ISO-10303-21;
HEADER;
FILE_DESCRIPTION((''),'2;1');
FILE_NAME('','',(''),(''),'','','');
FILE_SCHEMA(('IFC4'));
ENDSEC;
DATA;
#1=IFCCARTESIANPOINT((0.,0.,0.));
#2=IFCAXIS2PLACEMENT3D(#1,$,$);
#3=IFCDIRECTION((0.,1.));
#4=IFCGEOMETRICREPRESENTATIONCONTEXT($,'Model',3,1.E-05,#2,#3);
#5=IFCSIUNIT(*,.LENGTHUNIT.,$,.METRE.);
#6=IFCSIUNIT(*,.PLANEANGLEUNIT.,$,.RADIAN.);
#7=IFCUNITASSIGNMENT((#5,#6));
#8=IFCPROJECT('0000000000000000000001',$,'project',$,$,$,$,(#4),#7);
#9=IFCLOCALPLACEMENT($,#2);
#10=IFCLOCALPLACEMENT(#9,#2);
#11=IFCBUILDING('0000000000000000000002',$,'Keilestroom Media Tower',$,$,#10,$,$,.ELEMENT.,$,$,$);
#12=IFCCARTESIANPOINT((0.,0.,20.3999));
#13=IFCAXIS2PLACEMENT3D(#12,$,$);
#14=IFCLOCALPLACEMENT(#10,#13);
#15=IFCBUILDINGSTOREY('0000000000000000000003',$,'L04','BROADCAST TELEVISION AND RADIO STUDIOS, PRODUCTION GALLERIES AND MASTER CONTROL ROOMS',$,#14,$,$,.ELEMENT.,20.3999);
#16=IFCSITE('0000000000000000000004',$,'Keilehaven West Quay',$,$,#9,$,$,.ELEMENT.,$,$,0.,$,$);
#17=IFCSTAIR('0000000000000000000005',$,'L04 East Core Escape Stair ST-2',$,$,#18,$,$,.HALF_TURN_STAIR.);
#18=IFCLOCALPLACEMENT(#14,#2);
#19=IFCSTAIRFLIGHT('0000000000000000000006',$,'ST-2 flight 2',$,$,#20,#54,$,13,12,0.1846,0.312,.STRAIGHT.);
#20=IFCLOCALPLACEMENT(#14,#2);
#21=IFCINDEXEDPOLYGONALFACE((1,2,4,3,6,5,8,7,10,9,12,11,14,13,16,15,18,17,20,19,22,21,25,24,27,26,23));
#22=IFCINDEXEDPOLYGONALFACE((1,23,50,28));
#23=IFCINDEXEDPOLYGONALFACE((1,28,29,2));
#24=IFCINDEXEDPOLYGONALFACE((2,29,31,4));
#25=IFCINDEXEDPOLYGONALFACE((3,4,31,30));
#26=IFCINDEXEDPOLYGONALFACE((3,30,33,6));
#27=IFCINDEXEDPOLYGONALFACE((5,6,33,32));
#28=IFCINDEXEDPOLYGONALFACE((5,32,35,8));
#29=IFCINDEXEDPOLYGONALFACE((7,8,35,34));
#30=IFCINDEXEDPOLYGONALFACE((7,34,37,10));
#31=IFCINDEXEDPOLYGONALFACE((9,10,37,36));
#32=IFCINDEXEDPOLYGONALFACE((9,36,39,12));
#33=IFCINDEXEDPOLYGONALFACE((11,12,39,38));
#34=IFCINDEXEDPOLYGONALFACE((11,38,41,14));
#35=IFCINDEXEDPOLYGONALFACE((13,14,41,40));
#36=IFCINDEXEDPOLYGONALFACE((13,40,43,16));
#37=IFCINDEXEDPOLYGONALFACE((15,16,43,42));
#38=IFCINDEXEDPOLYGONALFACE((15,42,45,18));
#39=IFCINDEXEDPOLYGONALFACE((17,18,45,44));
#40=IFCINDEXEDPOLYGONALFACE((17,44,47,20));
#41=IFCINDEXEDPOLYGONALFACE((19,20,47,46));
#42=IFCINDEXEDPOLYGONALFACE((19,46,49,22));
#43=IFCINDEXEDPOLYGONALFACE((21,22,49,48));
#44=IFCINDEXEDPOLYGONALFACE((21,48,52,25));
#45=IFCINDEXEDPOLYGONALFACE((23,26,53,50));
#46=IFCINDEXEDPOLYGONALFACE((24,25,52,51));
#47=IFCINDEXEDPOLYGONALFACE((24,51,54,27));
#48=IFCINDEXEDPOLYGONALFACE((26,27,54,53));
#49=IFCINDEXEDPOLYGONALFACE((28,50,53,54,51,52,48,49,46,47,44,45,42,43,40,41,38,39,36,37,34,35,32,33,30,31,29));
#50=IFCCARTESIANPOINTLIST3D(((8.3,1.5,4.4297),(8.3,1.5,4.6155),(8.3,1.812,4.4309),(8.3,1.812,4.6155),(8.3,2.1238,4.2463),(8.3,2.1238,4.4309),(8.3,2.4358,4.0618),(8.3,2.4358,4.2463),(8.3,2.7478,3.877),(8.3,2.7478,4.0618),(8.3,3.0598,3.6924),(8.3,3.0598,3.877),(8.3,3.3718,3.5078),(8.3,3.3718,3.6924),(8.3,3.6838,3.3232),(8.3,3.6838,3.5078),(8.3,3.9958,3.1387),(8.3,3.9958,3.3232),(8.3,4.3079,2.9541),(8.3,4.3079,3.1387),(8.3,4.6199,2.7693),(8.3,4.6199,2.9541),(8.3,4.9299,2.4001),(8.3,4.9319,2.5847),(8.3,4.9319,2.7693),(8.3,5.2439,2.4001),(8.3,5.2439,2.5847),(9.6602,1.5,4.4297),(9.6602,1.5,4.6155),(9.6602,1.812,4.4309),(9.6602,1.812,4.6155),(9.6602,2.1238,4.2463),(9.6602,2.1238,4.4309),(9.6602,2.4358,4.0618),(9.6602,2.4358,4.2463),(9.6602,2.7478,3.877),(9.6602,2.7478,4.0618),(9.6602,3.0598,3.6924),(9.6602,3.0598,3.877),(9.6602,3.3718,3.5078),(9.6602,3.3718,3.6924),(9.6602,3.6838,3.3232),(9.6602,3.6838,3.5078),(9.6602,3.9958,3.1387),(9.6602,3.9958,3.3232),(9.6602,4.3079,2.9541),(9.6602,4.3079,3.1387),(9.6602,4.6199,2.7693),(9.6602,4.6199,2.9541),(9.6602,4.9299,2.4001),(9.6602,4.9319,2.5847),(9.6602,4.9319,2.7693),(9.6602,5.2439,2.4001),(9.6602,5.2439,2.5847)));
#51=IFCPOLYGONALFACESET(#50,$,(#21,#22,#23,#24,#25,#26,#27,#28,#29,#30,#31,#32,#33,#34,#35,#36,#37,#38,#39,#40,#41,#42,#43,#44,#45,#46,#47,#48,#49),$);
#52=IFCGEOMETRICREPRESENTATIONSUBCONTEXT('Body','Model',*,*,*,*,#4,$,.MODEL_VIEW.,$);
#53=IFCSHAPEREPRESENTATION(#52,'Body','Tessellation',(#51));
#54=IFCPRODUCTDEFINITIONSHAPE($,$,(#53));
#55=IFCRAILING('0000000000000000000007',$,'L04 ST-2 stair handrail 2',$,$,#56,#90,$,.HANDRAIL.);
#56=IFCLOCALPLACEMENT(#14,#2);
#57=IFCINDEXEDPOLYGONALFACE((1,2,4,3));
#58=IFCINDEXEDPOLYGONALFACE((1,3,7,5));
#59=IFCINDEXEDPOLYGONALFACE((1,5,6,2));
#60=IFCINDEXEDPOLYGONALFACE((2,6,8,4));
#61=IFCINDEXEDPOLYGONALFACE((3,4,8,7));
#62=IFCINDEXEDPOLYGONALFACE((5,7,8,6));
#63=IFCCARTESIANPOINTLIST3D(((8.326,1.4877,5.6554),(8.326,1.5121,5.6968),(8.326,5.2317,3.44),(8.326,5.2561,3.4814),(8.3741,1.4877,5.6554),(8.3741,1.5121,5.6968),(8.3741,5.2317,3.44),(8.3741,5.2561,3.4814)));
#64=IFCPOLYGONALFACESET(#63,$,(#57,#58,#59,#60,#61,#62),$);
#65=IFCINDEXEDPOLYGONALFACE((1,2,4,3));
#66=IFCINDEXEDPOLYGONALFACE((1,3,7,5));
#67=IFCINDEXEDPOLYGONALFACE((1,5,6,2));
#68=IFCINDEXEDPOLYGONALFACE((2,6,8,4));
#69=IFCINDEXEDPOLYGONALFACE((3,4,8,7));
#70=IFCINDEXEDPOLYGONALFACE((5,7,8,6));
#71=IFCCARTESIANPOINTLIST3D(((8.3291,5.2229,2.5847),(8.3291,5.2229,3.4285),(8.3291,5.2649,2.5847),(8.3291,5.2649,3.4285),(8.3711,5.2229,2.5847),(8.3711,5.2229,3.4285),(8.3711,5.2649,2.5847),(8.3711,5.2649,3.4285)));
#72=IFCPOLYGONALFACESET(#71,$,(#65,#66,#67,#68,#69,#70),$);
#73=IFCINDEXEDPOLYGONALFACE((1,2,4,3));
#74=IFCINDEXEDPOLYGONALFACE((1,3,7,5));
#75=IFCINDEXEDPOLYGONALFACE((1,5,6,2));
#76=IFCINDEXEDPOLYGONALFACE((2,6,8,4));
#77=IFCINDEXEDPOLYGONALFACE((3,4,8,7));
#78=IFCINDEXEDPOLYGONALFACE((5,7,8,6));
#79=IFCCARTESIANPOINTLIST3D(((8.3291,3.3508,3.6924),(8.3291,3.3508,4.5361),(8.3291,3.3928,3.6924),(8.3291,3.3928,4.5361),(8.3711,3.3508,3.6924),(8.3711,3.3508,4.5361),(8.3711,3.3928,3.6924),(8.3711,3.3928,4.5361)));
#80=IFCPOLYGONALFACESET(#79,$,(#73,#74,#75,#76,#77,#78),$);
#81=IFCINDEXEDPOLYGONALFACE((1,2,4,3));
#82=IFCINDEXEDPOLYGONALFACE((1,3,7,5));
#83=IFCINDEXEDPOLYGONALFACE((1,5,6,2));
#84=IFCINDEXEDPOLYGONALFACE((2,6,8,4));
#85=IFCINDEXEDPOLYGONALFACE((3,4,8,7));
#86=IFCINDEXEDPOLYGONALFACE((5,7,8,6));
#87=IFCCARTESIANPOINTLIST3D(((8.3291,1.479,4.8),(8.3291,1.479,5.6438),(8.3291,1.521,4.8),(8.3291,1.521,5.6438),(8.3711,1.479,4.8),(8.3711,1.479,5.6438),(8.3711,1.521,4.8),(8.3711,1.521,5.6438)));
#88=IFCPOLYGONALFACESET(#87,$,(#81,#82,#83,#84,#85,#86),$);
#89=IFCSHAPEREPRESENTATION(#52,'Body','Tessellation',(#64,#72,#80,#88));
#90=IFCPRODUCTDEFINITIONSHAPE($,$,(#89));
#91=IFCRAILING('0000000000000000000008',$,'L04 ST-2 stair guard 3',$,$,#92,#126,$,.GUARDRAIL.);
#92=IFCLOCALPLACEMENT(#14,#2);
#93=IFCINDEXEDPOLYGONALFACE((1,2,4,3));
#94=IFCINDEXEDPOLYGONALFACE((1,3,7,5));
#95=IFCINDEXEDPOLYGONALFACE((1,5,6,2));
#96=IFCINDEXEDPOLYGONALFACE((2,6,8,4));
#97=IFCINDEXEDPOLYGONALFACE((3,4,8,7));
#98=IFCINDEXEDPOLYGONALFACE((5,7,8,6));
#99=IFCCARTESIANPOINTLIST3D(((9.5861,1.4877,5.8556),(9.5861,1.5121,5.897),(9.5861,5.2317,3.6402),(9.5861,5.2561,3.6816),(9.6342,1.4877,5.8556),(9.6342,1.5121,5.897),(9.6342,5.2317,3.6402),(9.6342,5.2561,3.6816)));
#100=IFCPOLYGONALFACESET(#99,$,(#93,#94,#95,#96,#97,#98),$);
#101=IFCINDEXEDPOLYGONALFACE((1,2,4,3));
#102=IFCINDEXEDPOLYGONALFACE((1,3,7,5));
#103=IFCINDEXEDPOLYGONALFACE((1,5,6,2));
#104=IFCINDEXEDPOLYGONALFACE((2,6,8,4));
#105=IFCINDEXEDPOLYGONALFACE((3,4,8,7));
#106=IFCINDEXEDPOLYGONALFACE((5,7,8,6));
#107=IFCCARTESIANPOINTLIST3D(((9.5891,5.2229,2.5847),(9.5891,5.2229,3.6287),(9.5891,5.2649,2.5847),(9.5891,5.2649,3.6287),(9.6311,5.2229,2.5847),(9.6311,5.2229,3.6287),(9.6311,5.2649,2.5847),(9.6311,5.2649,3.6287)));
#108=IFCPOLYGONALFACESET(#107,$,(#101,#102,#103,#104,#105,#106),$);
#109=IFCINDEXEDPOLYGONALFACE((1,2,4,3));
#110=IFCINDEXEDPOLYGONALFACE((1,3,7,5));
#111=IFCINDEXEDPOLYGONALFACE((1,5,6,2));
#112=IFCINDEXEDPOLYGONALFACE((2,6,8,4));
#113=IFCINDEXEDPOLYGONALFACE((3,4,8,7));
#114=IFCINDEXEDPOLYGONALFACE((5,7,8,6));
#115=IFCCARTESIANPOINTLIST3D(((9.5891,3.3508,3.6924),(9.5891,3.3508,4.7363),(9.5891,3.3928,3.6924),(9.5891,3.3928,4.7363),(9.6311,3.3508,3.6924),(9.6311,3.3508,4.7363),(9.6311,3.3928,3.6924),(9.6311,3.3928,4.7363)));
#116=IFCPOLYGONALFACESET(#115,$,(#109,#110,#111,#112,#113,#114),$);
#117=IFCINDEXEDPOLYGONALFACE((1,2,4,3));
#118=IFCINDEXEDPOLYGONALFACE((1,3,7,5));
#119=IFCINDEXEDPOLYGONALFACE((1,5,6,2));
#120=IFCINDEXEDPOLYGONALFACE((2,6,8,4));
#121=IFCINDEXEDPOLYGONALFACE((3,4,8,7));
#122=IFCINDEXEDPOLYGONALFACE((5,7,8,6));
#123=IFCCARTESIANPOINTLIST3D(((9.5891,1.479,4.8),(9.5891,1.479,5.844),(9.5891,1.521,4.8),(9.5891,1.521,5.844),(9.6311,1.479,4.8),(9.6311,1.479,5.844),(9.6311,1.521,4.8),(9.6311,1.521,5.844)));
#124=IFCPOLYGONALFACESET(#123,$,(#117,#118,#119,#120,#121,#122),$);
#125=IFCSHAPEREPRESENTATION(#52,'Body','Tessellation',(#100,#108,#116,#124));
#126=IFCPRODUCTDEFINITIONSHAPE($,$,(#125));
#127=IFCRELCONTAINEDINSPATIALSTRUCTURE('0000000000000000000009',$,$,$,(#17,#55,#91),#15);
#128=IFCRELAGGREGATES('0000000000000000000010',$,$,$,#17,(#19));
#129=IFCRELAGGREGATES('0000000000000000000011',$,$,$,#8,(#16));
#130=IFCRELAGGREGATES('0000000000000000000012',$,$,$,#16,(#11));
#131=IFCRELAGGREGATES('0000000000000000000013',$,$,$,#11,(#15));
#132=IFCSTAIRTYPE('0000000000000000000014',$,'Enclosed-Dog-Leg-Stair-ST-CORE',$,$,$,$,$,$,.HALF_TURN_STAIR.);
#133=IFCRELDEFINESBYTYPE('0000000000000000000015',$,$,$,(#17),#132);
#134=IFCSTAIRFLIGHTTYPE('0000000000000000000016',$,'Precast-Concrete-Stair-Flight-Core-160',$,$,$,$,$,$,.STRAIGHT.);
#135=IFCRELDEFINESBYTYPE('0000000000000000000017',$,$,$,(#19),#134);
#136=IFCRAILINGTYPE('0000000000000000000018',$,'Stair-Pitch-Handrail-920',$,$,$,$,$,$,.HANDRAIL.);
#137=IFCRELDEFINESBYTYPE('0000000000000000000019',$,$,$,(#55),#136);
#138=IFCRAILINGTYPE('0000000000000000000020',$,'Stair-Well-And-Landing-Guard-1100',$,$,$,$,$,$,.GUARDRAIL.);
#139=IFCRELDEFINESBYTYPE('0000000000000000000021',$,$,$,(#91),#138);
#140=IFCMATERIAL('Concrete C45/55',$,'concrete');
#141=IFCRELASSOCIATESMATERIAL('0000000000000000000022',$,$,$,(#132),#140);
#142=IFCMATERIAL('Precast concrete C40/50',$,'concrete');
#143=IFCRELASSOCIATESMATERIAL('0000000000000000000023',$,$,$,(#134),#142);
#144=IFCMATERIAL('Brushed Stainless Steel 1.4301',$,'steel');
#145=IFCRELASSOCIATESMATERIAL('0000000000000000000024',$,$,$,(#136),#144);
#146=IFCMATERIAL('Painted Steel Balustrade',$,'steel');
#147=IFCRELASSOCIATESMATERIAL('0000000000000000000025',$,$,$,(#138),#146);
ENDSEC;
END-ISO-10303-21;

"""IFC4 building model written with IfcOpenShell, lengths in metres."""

from ifc_helpers import new_model, si_unit, direction, frame, origin, origin_2d, place, context, subcontext, project, spatial, polyline, rectangle, outline, extrude, material, type_object, element, aggregate, save


model = new_model("IFC4")

# Units and contexts
model_context = context("Model", 3, precision=1e-05, world=origin(), true_north=direction((0.0, 1.0)))
body_context = subcontext(model_context, "Body", "Model", "MODEL_VIEW")
ifc_project = project(units=[si_unit("LENGTHUNIT", "METRE"), si_unit("PLANEANGLEUNIT", "RADIAN")], contexts=[model_context])

# Site, building, storey
site_placement = place(None, origin())
site = spatial("IfcSite", under=ifc_project, at=site_placement, Name="Keilehaven West Quay", CompositionType="ELEMENT", RefElevation=0.0)
building_placement = place(site_placement, origin())
building = spatial("IfcBuilding", under=site, at=building_placement, Name="Keilestroom Media Tower", CompositionType="ELEMENT")
storey_placement = place(building_placement, frame((0.0, 0.0, 20.3999)))
storey = spatial("IfcBuildingStorey", under=building, at=storey_placement, Name="L04", Description="BROADCAST TELEVISION AND RADIO STUDIOS, PRODUCTION GALLERIES AND MASTER CONTROL ROOMS", CompositionType="ELEMENT", Elevation=20.3999)

# Stair
ifc_material_1 = material(Name="Concrete C45/55", Category="concrete")
stair_type = type_object("IfcStairType", Name="Enclosed-Dog-Leg-Stair-ST-CORE", PredefinedType="HALF_TURN_STAIR", material=ifc_material_1)
stair_1_placement = place(storey_placement, origin())
stair_1 = element("IfcStair", 1, at=stair_1_placement, inside=storey, type_object=stair_type, Name="L04 East Core Escape Stair ST-2", PredefinedType="HALF_TURN_STAIR")

# Stair flight
ifc_material_2 = material(Name="Precast concrete C40/50", Category="concrete")
stair_flight_type = type_object("IfcStairFlightType", Name="Precast-Concrete-Stair-Flight-Core-160", PredefinedType="STRAIGHT", material=ifc_material_2)
stair_flight_placement = place(storey_placement, frame((8.98, 5.2439, 2.4001), z_axis=(0.0, 0.0, 1.0), x_axis=(0.0, -1.0, 0.0)))
stair_flight = element("IfcStairFlight", 2, at=stair_flight_placement, type_object=stair_flight_type, Name="ST-2 flight 2", NumberOfRisers=13, NumberOfTreads=12, PredefinedType="STRAIGHT", RiserHeight=0.1846, TreadLength=0.312, context=body_context, shape_type="SweptSolid", body=[
    extrude(outline(polyline([(0.0, 0.0), (0.0, 0.1846), (0.312, 0.1846), (0.312, 0.3691), (0.624, 0.3691), (0.624, 0.554), (0.936, 0.554), (0.936, 0.7385), (1.248, 0.7385), (1.248, 0.9231), (1.5601, 0.9231), (1.5601, 1.1077), (1.8721, 1.1077), (1.8721, 1.2922), (2.1841, 1.2922), (2.1841, 1.4768), (2.4961, 1.4768), (2.4961, 1.6616), (2.8081, 1.6616), (2.8081, 1.8462), (3.1201, 1.8462), (3.1201, 2.0308), (3.4319, 2.0308), (3.4319, 2.2153), (3.7439, 2.2153), (3.7439, 2.3999), (3.7439, 2.0295), (0.314, 0.0), (0.0, 0.0)])), frame((0.0, 0.6802, 0.0), z_axis=(0.0, -1.0, 0.0), x_axis=(1.0, 0.0, 0.0)), (0.0, 0.0, 1.0), 1.3601),
])
aggregate(stair_1, [stair_flight])

# Railings
ifc_material_3 = material(Name="Brushed Stainless Steel 1.4301", Category="steel")
railing_type_1 = type_object("IfcRailingType", Name="Stair-Pitch-Handrail-920", PredefinedType="HANDRAIL", material=ifc_material_3)
railing_1_placement = place(storey_placement, frame((8.3501, 5.2439, 2.5847)))
element("IfcRailing", 3, at=railing_1_placement, inside=storey, type_object=railing_type_1, Name="L04 ST-2 stair handrail 2", PredefinedType="HANDRAIL", context=body_context, shape_type="SweptSolid", body=[
    extrude(rectangle(XDim=0.0481, YDim=0.0481, at=origin_2d()), frame((0.0, 0.0, 0.876), z_axis=(0.0, -0.860621, 0.509245), x_axis=(1.0, 0.0, 0.0)), (0.0, 0.0, 1.0), 4.3503),
    extrude(rectangle(XDim=0.042, YDim=0.042, at=origin_2d()), origin(), (0.0, 0.0, 1.0), 0.8438),
    extrude(rectangle(XDim=0.042, YDim=0.042, at=origin_2d()), frame((0.0, -1.8721, 1.1077)), (0.0, 0.0, 1.0), 0.8438),
    extrude(rectangle(XDim=0.042, YDim=0.042, at=origin_2d()), frame((0.0, -3.7439, 2.2153)), (0.0, 0.0, 1.0), 0.8438),
])
ifc_material_4 = material(Name="Painted Steel Balustrade", Category="steel")
railing_type_2 = type_object("IfcRailingType", Name="Stair-Well-And-Landing-Guard-1100", PredefinedType="GUARDRAIL", material=ifc_material_4)
railing_2_placement = place(storey_placement, frame((9.6101, 5.2439, 2.5847)))
element("IfcRailing", 4, at=railing_2_placement, inside=storey, type_object=railing_type_2, Name="L04 ST-2 stair guard 3", PredefinedType="GUARDRAIL", context=body_context, shape_type="SweptSolid", body=[
    extrude(rectangle(XDim=0.0481, YDim=0.0481, at=origin_2d()), frame((0.0, 0.0, 1.0762), z_axis=(0.0, -0.860621, 0.509245), x_axis=(1.0, 0.0, 0.0)), (0.0, 0.0, 1.0), 4.3503),
    extrude(rectangle(XDim=0.042, YDim=0.042, at=origin_2d()), origin(), (0.0, 0.0, 1.0), 1.0439),
    extrude(rectangle(XDim=0.042, YDim=0.042, at=origin_2d()), frame((0.0, -1.8721, 1.1077)), (0.0, 0.0, 1.0), 1.0439),
    extrude(rectangle(XDim=0.042, YDim=0.042, at=origin_2d()), frame((0.0, -3.7439, 2.2153)), (0.0, 0.0, 1.0), 1.0439),
])

save(model, "model.ifc")
